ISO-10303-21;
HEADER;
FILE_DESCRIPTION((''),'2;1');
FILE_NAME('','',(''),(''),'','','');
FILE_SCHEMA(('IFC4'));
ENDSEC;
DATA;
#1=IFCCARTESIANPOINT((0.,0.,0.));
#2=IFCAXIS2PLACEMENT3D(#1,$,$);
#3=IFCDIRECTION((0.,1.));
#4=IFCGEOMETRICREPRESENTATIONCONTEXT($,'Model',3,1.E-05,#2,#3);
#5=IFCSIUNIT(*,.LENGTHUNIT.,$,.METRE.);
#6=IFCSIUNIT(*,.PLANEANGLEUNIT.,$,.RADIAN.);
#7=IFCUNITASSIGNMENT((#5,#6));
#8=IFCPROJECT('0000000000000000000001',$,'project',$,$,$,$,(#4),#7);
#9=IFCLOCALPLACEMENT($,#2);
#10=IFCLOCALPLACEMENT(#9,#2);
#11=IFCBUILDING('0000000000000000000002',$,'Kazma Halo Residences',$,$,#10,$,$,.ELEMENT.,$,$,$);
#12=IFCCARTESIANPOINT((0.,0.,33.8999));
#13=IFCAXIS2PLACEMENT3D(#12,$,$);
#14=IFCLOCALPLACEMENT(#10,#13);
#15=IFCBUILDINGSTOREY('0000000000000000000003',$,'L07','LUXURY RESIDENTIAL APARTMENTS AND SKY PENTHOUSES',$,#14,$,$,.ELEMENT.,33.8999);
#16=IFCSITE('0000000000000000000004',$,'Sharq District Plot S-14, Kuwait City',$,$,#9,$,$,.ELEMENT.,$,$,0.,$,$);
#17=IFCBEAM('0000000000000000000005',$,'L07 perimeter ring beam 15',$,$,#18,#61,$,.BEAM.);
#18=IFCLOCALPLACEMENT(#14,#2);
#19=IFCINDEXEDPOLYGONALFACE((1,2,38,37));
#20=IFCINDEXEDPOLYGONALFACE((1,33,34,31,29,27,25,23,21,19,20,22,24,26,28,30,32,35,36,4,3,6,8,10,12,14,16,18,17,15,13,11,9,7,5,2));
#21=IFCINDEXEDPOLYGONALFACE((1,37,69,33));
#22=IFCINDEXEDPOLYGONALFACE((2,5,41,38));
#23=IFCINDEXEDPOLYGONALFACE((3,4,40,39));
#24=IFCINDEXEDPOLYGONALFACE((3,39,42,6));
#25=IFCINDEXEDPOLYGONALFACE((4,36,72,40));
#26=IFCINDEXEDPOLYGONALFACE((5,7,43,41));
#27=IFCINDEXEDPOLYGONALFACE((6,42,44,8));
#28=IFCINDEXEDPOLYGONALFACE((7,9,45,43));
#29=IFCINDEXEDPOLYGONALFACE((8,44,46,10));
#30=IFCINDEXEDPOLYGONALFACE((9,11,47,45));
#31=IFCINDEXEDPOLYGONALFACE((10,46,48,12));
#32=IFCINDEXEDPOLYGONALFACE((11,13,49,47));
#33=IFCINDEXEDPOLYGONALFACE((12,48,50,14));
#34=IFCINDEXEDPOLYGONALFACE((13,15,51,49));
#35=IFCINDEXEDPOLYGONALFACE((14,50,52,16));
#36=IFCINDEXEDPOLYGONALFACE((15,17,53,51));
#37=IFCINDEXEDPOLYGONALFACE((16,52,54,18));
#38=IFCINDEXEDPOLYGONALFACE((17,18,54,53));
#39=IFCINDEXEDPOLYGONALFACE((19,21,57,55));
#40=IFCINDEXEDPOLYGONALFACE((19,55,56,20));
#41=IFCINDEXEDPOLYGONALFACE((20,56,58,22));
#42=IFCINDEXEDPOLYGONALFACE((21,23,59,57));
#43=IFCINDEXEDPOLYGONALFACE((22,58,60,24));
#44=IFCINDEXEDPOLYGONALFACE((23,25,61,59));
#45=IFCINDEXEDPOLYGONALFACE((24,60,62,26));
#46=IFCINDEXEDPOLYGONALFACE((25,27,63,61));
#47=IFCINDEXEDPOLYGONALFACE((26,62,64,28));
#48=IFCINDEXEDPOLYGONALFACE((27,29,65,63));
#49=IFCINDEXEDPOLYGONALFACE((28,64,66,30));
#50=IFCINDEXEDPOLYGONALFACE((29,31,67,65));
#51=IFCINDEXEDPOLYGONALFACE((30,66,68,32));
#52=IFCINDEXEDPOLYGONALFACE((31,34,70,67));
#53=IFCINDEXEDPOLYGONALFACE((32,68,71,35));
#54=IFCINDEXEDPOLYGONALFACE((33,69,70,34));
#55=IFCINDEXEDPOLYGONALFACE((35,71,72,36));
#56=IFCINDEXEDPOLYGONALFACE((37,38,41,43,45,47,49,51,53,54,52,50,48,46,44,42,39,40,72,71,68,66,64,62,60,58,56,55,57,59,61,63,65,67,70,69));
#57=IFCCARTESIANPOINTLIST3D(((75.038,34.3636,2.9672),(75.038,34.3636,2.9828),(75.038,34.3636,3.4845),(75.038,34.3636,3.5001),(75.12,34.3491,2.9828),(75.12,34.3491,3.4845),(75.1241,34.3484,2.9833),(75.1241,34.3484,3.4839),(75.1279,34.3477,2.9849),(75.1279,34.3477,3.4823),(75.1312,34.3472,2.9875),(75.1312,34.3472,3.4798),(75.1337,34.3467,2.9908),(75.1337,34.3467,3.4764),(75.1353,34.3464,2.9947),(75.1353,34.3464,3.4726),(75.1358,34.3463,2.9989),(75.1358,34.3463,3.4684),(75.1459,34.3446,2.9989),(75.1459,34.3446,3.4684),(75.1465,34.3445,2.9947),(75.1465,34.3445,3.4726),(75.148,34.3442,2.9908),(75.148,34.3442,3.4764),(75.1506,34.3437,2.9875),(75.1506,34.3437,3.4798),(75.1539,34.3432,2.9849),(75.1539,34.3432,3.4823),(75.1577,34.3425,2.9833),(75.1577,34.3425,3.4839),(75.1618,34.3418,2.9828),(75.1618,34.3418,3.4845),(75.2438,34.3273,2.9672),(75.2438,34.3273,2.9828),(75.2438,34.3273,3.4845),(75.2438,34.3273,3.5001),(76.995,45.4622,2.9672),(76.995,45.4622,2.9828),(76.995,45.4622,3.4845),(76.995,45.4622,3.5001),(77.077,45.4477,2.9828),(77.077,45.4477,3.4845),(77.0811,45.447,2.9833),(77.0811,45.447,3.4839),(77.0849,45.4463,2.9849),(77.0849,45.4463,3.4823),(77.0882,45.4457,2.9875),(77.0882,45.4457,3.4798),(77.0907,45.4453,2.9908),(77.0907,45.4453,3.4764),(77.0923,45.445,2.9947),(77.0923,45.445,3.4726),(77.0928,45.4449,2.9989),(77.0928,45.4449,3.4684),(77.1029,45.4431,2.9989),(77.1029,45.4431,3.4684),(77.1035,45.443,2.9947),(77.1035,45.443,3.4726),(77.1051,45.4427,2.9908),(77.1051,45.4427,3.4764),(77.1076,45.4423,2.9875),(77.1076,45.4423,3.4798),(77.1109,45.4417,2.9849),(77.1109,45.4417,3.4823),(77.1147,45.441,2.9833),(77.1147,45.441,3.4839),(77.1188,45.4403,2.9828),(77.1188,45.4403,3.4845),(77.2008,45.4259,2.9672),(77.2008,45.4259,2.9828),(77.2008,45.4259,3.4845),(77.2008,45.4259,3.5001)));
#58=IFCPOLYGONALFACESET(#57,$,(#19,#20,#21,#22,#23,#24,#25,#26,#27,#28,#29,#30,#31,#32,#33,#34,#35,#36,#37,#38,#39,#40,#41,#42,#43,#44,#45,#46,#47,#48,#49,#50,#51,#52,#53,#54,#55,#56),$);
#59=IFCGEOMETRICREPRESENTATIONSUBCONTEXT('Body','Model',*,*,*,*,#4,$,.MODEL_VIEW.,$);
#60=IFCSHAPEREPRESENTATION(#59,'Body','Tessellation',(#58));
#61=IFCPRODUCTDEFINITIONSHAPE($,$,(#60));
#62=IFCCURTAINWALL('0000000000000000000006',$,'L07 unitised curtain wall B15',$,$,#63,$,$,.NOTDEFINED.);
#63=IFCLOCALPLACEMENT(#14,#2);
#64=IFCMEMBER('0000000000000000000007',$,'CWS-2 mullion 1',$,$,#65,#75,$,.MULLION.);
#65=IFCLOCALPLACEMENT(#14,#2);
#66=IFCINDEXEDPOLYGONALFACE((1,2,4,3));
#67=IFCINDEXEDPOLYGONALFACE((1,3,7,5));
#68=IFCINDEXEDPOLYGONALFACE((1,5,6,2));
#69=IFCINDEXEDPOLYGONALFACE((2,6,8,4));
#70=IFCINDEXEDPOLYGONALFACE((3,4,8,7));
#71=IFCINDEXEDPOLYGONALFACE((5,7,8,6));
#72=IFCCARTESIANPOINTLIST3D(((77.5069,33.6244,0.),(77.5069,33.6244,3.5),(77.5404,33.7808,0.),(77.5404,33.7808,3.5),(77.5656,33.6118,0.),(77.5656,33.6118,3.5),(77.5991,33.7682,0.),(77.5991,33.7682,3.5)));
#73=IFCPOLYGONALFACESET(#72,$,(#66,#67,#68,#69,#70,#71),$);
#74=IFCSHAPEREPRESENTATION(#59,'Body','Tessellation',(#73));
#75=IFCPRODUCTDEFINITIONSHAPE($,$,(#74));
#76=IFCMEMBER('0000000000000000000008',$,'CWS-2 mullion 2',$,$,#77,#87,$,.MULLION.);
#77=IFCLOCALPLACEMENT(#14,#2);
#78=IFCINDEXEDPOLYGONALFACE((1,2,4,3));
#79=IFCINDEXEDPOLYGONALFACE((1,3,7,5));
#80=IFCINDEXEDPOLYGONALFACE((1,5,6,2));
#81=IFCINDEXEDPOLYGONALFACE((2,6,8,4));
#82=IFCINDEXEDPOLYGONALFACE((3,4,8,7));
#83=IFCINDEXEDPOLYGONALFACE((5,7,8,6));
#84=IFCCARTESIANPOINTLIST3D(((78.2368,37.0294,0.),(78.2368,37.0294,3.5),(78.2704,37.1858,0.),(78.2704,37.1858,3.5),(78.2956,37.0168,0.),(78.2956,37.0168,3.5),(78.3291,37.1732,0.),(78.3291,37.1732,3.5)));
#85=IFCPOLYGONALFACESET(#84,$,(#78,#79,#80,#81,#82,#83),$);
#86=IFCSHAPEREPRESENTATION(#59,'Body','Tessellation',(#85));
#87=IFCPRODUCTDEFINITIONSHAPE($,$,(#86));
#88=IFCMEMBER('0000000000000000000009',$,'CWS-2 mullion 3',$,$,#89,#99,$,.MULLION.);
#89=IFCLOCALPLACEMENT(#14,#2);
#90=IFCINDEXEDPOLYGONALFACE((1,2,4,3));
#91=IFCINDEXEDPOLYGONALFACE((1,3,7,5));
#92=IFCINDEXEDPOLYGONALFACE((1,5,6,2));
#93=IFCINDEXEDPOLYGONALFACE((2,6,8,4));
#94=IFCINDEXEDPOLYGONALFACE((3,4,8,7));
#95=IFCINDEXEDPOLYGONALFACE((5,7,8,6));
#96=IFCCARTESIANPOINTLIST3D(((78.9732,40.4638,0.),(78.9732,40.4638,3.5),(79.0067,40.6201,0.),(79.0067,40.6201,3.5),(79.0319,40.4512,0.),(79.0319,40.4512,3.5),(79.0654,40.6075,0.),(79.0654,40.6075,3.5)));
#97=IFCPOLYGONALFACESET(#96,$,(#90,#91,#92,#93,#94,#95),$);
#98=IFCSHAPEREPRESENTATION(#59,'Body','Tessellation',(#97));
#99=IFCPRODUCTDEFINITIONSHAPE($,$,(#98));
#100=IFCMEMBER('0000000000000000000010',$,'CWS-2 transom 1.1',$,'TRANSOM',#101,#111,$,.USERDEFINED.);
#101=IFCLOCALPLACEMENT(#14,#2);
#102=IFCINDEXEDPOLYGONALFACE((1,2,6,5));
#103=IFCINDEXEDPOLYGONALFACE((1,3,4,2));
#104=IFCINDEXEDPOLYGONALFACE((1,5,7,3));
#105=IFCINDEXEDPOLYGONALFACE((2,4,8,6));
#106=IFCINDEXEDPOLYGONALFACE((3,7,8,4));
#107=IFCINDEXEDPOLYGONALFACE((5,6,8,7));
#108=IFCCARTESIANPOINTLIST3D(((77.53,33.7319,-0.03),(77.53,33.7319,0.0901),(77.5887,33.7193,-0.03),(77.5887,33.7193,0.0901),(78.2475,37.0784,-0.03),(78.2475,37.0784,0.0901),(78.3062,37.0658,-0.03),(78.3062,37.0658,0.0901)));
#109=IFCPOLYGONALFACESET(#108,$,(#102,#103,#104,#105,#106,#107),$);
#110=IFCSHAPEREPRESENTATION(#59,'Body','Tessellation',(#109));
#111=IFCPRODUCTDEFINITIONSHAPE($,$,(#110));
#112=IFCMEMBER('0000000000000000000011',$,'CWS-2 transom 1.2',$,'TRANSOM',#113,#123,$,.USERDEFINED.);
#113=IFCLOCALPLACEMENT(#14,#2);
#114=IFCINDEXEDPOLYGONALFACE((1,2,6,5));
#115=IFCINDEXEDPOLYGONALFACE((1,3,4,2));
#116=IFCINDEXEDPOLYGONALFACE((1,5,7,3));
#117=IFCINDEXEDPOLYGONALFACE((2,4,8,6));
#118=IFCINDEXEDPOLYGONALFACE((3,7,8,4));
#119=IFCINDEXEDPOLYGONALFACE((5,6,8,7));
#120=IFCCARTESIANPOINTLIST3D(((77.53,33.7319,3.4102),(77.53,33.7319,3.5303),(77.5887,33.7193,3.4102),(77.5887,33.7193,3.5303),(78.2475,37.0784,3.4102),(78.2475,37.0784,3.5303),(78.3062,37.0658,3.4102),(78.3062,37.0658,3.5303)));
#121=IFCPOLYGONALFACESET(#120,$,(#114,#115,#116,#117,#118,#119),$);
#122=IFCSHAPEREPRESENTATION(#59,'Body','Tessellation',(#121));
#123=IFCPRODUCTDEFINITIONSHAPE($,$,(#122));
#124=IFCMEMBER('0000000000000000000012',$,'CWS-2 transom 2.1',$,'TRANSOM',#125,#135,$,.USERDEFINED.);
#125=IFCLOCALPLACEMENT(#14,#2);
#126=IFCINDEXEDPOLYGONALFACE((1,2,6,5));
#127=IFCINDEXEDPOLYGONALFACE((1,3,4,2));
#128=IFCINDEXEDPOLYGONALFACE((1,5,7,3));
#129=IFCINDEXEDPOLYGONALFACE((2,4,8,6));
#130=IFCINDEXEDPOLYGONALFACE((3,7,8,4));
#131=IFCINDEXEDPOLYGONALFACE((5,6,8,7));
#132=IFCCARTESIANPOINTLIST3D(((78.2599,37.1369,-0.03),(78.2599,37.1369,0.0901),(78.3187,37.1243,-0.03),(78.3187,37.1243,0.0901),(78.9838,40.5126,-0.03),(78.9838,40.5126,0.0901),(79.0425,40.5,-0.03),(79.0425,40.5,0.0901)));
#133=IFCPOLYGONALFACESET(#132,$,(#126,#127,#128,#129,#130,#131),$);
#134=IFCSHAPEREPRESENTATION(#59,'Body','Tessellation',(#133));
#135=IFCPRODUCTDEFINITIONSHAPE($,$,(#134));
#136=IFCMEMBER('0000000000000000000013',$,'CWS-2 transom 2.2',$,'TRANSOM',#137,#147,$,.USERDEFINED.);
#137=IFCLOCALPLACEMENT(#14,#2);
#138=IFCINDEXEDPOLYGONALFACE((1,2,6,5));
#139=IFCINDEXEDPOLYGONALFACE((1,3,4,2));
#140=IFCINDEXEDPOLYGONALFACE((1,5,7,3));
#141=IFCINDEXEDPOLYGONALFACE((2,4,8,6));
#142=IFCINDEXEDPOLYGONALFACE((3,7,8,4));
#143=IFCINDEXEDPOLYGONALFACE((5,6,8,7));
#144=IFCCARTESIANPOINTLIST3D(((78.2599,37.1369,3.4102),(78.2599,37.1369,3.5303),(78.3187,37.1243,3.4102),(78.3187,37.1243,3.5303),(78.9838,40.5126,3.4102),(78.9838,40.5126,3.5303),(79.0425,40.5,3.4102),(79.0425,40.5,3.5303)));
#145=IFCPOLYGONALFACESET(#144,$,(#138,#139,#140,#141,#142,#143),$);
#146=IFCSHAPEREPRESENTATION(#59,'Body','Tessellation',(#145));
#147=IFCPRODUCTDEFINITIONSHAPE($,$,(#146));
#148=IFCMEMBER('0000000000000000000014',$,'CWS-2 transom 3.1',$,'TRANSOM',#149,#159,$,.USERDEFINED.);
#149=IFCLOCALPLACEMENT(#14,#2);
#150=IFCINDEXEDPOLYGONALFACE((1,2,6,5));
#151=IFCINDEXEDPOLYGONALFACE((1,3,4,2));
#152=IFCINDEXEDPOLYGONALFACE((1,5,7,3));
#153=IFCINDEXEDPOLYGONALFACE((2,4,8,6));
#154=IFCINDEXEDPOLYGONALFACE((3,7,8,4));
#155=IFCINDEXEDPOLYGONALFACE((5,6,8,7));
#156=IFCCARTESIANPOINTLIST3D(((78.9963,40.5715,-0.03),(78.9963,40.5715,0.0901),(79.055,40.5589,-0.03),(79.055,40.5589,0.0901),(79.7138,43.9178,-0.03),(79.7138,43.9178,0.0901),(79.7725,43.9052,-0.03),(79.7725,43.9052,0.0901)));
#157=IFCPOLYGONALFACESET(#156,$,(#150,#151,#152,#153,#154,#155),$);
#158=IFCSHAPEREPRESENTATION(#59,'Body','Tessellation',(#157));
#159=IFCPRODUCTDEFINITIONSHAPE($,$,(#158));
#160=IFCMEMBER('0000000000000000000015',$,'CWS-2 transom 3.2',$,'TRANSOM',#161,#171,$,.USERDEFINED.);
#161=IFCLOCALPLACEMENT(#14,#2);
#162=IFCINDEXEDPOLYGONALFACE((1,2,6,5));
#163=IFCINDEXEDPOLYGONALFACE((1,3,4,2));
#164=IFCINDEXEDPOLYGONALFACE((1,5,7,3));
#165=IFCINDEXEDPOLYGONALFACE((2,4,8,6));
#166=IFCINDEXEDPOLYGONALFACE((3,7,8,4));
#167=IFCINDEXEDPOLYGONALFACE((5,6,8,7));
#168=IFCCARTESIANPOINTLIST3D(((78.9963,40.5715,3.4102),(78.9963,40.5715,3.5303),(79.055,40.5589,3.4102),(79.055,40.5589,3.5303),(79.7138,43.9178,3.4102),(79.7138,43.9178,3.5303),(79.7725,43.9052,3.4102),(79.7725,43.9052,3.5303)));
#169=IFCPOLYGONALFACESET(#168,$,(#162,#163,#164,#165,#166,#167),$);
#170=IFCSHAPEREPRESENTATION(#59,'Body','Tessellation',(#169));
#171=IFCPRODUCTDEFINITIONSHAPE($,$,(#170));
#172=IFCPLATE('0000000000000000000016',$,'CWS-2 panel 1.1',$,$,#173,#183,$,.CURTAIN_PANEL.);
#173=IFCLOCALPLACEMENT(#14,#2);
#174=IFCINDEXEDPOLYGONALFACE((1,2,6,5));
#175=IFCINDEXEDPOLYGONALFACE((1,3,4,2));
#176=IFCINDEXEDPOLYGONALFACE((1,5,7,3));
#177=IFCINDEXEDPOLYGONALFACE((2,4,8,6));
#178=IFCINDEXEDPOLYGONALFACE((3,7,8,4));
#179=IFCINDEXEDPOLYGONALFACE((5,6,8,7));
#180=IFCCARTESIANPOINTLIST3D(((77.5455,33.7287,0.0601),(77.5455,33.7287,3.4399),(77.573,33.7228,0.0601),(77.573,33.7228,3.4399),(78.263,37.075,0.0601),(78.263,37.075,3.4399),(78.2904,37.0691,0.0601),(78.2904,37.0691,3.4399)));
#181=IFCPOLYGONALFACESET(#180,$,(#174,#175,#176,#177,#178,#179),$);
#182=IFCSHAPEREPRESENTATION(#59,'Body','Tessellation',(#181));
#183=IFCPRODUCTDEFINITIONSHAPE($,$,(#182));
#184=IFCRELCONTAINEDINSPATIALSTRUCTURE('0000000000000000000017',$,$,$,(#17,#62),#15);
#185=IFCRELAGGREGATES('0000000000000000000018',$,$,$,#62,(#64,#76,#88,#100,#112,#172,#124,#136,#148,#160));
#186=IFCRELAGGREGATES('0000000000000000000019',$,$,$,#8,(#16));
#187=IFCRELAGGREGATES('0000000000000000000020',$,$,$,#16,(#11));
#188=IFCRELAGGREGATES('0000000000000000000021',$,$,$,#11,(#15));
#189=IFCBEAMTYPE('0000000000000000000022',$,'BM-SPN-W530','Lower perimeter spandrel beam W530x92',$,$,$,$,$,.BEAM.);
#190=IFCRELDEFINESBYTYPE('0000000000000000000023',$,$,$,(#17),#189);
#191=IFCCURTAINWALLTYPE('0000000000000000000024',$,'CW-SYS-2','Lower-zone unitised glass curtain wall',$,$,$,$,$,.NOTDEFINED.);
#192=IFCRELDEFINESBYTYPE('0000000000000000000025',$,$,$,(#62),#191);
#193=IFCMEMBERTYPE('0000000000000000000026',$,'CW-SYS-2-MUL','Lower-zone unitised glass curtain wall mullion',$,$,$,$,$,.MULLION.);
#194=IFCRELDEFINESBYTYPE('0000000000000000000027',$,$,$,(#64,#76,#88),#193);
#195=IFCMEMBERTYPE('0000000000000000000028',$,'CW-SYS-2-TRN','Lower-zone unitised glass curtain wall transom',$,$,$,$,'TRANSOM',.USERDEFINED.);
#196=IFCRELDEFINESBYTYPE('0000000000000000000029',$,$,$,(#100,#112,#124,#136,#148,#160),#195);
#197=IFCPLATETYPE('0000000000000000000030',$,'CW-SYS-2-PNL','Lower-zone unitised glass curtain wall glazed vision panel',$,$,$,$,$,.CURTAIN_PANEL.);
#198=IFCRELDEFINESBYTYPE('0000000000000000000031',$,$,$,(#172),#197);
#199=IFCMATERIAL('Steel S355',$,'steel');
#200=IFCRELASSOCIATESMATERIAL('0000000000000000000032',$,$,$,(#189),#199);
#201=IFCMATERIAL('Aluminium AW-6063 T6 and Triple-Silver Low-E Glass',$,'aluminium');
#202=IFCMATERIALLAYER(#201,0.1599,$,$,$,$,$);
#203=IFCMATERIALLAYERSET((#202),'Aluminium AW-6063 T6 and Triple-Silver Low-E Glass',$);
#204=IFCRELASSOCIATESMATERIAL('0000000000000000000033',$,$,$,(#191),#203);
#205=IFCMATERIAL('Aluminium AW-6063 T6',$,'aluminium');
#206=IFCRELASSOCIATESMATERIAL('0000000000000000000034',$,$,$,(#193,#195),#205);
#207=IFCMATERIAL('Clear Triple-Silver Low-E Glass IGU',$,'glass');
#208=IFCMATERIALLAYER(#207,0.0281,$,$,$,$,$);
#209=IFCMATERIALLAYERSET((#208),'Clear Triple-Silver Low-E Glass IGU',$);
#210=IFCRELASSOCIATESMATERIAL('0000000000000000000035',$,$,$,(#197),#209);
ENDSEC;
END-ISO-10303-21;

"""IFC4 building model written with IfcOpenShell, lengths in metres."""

from ifc_helpers import new_model, si_unit, direction, frame, origin, origin_2d, place, context, subcontext, project, spatial, rectangle, i_section, extrude, material, layer, layer_set, material_profile, profile_set, type_object, element, aggregate, save


model = new_model("IFC4")

# Units and contexts
model_context = context("Model", 3, precision=1e-05, world=origin(), true_north=direction((0.0, 1.0)))
body_context = subcontext(model_context, "Body", "Model", "MODEL_VIEW")
ifc_project = project(units=[si_unit("LENGTHUNIT", "METRE"), si_unit("PLANEANGLEUNIT", "RADIAN")], contexts=[model_context])

# Site, building, storey
site_placement = place(None, origin())
site = spatial("IfcSite", under=ifc_project, at=site_placement, Name="Sharq District Plot S-14, Kuwait City", CompositionType="ELEMENT", RefElevation=0.0)
building_placement = place(site_placement, origin())
building = spatial("IfcBuilding", under=site, at=building_placement, Name="Kazma Halo Residences", CompositionType="ELEMENT")
storey_placement = place(building_placement, frame((0.0, 0.0, 33.8999)))
storey = spatial("IfcBuildingStorey", under=building, at=storey_placement, Name="L07", Description="LUXURY RESIDENTIAL APARTMENTS AND SKY PENTHOUSES", CompositionType="ELEMENT", Elevation=33.8999)

# Beam
ifc_material_1 = material(Name="Steel S355", Category="steel")
ifc_material_profile_1 = material_profile(ifc_material_1, i_section(OverallWidth=0.209, OverallDepth=0.533, WebThickness=0.0103, FlangeThickness=0.0156, FilletRadius=0.0161, at=origin_2d()), Name="W530x92")
ifc_profile_set_1 = profile_set([ifc_material_profile_1], Name="Steel S355")
beam_type_1 = type_object("IfcBeamType", Name="BM-SPN-W530", Description="Lower perimeter spandrel beam W530x92", PredefinedType="BEAM", material=ifc_profile_set_1)
beam_1_placement = place(storey_placement, frame((75.1409, 34.3455, 3.2336), z_axis=(0.173652, 0.984807, 0.0), x_axis=(-0.984807, 0.173652, 0.0)))
element("IfcBeam", 1, at=beam_1_placement, inside=storey, type_object=beam_type_1, Name="L07 perimeter ring beam 15", PredefinedType="BEAM", context=body_context, shape_type="SweptSolid", body=[
    extrude(i_section(OverallWidth=0.209, OverallDepth=0.533, WebThickness=0.0103, FlangeThickness=0.0156, FilletRadius=0.0161, at=origin_2d()), origin(), (0.0, 0.0, 1.0), 11.2698),
])

# Curtain wall, members, plate
ifc_material_2 = material(Name="Aluminium AW-6063 T6 and Triple-Silver Low-E Glass", Category="aluminium")
ifc_layer_1 = layer(ifc_material_2, 0.1599)
ifc_layer_set_1 = layer_set([ifc_layer_1], Name="Aluminium AW-6063 T6 and Triple-Silver Low-E Glass")
curtain_wall_type = type_object("IfcCurtainWallType", Name="CW-SYS-2", Description="Lower-zone unitised glass curtain wall", PredefinedType="NOTDEFINED", material=ifc_layer_set_1)
curtain_wall_placement = place(storey_placement, origin())
curtain_wall = element("IfcCurtainWall", 2, at=curtain_wall_placement, inside=storey, type_object=curtain_wall_type, Name="L07 unitised curtain wall B15", PredefinedType="NOTDEFINED")
ifc_material_3 = material(Name="Aluminium AW-6063 T6", Category="aluminium")
ifc_material_profile_2 = material_profile(ifc_material_3, rectangle(XDim=0.0601, YDim=0.1599, at=origin_2d()), Name="CWM-60x160")
ifc_profile_set_2 = profile_set([ifc_material_profile_2], Name="Aluminium AW-6063 T6")
member_type_1 = type_object("IfcMemberType", Name="CW-SYS-2-MUL", Description="Lower-zone unitised glass curtain wall mullion", PredefinedType="MULLION", material=ifc_profile_set_2)
member_1_placement = place(storey_placement, frame((77.553, 33.6963, 0.0), z_axis=(0.0, 0.0, 1.0), x_axis=(-0.977779, 0.209637, 0.0)))
member_1 = element("IfcMember", 3, at=member_1_placement, type_object=member_type_1, Name="CWS-2 mullion 1", PredefinedType="MULLION", context=body_context, shape_type="SweptSolid", body=[
    extrude(rectangle(XDim=0.0601, YDim=0.1599, at=origin_2d()), origin(), (0.0, 0.0, 1.0), 3.5),
])
member_2_placement = place(storey_placement, frame((78.283, 37.1013, 0.0), z_axis=(0.0, 0.0, 1.0), x_axis=(-0.977779, 0.209637, 0.0)))
member_2 = element("IfcMember", 4, at=member_2_placement, type_object=member_type_1, Name="CWS-2 mullion 2", PredefinedType="MULLION", context=body_context, shape_type="SweptSolid", body=[
    extrude(rectangle(XDim=0.0601, YDim=0.1599, at=origin_2d()), origin(), (0.0, 0.0, 1.0), 3.5),
])
member_3_placement = place(storey_placement, frame((79.0193, 40.5356, 0.0), z_axis=(0.0, 0.0, 1.0), x_axis=(-0.977779, 0.209637, 0.0)))
member_3 = element("IfcMember", 5, at=member_3_placement, type_object=member_type_1, Name="CWS-2 mullion 3", PredefinedType="MULLION", context=body_context, shape_type="SweptSolid", body=[
    extrude(rectangle(XDim=0.0601, YDim=0.1599, at=origin_2d()), origin(), (0.0, 0.0, 1.0), 3.5),
])
ifc_material_profile_3 = material_profile(ifc_material_3, rectangle(XDim=0.0601, YDim=0.1201, at=origin_2d()), Name="CWT-60x120")
ifc_profile_set_3 = profile_set([ifc_material_profile_3], Name="Aluminium AW-6063 T6")
member_type_2 = type_object("IfcMemberType", Name="CW-SYS-2-TRN", Description="Lower-zone unitised glass curtain wall transom", ElementType="TRANSOM", PredefinedType="USERDEFINED", material=ifc_profile_set_3)
member_4_placement = place(storey_placement, frame((77.5593, 33.7256, 0.03), z_axis=(0.209651, 0.977776, 0.0), x_axis=(-0.977776, 0.209651, 0.0)))
member_4 = element("IfcMember", 6, at=member_4_placement, type_object=member_type_2, Name="CWS-2 transom 1.1", ObjectType="TRANSOM", PredefinedType="USERDEFINED", context=body_context, shape_type="SweptSolid", body=[
    extrude(rectangle(XDim=0.0601, YDim=0.1201, at=origin_2d()), origin(), (0.0, 0.0, 1.0), 3.4226),
])
member_5_placement = place(storey_placement, frame((77.5593, 33.7256, 3.4702), z_axis=(0.209651, 0.977776, 0.0), x_axis=(-0.977776, 0.209651, 0.0)))
member_5 = element("IfcMember", 7, at=member_5_placement, type_object=member_type_2, Name="CWS-2 transom 1.2", ObjectType="TRANSOM", PredefinedType="USERDEFINED", context=body_context, shape_type="SweptSolid", body=[
    extrude(rectangle(XDim=0.0601, YDim=0.1201, at=origin_2d()), origin(), (0.0, 0.0, 1.0), 3.4226),
])
member_6_placement = place(storey_placement, frame((78.2893, 37.1306, 0.03), z_axis=(0.209669, 0.977772, 0.0), x_axis=(-0.977772, 0.209669, 0.0)))
member_6 = element("IfcMember", 8, at=member_6_placement, type_object=member_type_2, Name="CWS-2 transom 2.1", ObjectType="TRANSOM", PredefinedType="USERDEFINED", context=body_context, shape_type="SweptSolid", body=[
    extrude(rectangle(XDim=0.0601, YDim=0.1201, at=origin_2d()), origin(), (0.0, 0.0, 1.0), 3.4524),
])
member_7_placement = place(storey_placement, frame((78.2893, 37.1306, 3.4702), z_axis=(0.209669, 0.977772, 0.0), x_axis=(-0.977772, 0.209669, 0.0)))
member_7 = element("IfcMember", 9, at=member_7_placement, type_object=member_type_2, Name="CWS-2 transom 2.2", ObjectType="TRANSOM", PredefinedType="USERDEFINED", context=body_context, shape_type="SweptSolid", body=[
    extrude(rectangle(XDim=0.0601, YDim=0.1201, at=origin_2d()), origin(), (0.0, 0.0, 1.0), 3.4524),
])
member_8_placement = place(storey_placement, frame((79.0256, 40.5652, 0.03), z_axis=(0.209666, 0.977773, 0.0), x_axis=(-0.977773, 0.209666, 0.0)))
member_8 = element("IfcMember", 10, at=member_8_placement, type_object=member_type_2, Name="CWS-2 transom 3.1", ObjectType="TRANSOM", PredefinedType="USERDEFINED", context=body_context, shape_type="SweptSolid", body=[
    extrude(rectangle(XDim=0.0601, YDim=0.1201, at=origin_2d()), origin(), (0.0, 0.0, 1.0), 3.4224),
])
member_9_placement = place(storey_placement, frame((79.0256, 40.5652, 3.4702), z_axis=(0.209666, 0.977773, 0.0), x_axis=(-0.977773, 0.209666, 0.0)))
member_9 = element("IfcMember", 11, at=member_9_placement, type_object=member_type_2, Name="CWS-2 transom 3.2", ObjectType="TRANSOM", PredefinedType="USERDEFINED", context=body_context, shape_type="SweptSolid", body=[
    extrude(rectangle(XDim=0.0601, YDim=0.1201, at=origin_2d()), origin(), (0.0, 0.0, 1.0), 3.4224),
])
ifc_material_4 = material(Name="Clear Triple-Silver Low-E Glass IGU", Category="glass")
ifc_layer_2 = layer(ifc_material_4, 0.0281)
ifc_layer_set_2 = layer_set([ifc_layer_2], Name="Clear Triple-Silver Low-E Glass IGU")
plate_type = type_object("IfcPlateType", Name="CW-SYS-2-PNL", Description="Lower-zone unitised glass curtain wall glazed vision panel", PredefinedType="CURTAIN_PANEL", material=ifc_layer_set_2)
plate_1_placement = place(storey_placement, frame((77.918, 35.3989, 0.0601), z_axis=(0.0, 0.0, 1.0), x_axis=(0.209637, 0.977779, 0.0)))
plate_1 = element("IfcPlate", 12, at=plate_1_placement, type_object=plate_type, Name="CWS-2 panel 1.1", PredefinedType="CURTAIN_PANEL", context=body_context, shape_type="SweptSolid", body=[
    extrude(rectangle(XDim=3.4224, YDim=0.0281, at=origin_2d()), origin(), (0.0, 0.0, 1.0), 3.3799),
])
aggregate(curtain_wall, [member_1, member_2, member_3, member_4, member_5, plate_1, member_6, member_7, member_8, member_9])

save(model, "model.ifc")
